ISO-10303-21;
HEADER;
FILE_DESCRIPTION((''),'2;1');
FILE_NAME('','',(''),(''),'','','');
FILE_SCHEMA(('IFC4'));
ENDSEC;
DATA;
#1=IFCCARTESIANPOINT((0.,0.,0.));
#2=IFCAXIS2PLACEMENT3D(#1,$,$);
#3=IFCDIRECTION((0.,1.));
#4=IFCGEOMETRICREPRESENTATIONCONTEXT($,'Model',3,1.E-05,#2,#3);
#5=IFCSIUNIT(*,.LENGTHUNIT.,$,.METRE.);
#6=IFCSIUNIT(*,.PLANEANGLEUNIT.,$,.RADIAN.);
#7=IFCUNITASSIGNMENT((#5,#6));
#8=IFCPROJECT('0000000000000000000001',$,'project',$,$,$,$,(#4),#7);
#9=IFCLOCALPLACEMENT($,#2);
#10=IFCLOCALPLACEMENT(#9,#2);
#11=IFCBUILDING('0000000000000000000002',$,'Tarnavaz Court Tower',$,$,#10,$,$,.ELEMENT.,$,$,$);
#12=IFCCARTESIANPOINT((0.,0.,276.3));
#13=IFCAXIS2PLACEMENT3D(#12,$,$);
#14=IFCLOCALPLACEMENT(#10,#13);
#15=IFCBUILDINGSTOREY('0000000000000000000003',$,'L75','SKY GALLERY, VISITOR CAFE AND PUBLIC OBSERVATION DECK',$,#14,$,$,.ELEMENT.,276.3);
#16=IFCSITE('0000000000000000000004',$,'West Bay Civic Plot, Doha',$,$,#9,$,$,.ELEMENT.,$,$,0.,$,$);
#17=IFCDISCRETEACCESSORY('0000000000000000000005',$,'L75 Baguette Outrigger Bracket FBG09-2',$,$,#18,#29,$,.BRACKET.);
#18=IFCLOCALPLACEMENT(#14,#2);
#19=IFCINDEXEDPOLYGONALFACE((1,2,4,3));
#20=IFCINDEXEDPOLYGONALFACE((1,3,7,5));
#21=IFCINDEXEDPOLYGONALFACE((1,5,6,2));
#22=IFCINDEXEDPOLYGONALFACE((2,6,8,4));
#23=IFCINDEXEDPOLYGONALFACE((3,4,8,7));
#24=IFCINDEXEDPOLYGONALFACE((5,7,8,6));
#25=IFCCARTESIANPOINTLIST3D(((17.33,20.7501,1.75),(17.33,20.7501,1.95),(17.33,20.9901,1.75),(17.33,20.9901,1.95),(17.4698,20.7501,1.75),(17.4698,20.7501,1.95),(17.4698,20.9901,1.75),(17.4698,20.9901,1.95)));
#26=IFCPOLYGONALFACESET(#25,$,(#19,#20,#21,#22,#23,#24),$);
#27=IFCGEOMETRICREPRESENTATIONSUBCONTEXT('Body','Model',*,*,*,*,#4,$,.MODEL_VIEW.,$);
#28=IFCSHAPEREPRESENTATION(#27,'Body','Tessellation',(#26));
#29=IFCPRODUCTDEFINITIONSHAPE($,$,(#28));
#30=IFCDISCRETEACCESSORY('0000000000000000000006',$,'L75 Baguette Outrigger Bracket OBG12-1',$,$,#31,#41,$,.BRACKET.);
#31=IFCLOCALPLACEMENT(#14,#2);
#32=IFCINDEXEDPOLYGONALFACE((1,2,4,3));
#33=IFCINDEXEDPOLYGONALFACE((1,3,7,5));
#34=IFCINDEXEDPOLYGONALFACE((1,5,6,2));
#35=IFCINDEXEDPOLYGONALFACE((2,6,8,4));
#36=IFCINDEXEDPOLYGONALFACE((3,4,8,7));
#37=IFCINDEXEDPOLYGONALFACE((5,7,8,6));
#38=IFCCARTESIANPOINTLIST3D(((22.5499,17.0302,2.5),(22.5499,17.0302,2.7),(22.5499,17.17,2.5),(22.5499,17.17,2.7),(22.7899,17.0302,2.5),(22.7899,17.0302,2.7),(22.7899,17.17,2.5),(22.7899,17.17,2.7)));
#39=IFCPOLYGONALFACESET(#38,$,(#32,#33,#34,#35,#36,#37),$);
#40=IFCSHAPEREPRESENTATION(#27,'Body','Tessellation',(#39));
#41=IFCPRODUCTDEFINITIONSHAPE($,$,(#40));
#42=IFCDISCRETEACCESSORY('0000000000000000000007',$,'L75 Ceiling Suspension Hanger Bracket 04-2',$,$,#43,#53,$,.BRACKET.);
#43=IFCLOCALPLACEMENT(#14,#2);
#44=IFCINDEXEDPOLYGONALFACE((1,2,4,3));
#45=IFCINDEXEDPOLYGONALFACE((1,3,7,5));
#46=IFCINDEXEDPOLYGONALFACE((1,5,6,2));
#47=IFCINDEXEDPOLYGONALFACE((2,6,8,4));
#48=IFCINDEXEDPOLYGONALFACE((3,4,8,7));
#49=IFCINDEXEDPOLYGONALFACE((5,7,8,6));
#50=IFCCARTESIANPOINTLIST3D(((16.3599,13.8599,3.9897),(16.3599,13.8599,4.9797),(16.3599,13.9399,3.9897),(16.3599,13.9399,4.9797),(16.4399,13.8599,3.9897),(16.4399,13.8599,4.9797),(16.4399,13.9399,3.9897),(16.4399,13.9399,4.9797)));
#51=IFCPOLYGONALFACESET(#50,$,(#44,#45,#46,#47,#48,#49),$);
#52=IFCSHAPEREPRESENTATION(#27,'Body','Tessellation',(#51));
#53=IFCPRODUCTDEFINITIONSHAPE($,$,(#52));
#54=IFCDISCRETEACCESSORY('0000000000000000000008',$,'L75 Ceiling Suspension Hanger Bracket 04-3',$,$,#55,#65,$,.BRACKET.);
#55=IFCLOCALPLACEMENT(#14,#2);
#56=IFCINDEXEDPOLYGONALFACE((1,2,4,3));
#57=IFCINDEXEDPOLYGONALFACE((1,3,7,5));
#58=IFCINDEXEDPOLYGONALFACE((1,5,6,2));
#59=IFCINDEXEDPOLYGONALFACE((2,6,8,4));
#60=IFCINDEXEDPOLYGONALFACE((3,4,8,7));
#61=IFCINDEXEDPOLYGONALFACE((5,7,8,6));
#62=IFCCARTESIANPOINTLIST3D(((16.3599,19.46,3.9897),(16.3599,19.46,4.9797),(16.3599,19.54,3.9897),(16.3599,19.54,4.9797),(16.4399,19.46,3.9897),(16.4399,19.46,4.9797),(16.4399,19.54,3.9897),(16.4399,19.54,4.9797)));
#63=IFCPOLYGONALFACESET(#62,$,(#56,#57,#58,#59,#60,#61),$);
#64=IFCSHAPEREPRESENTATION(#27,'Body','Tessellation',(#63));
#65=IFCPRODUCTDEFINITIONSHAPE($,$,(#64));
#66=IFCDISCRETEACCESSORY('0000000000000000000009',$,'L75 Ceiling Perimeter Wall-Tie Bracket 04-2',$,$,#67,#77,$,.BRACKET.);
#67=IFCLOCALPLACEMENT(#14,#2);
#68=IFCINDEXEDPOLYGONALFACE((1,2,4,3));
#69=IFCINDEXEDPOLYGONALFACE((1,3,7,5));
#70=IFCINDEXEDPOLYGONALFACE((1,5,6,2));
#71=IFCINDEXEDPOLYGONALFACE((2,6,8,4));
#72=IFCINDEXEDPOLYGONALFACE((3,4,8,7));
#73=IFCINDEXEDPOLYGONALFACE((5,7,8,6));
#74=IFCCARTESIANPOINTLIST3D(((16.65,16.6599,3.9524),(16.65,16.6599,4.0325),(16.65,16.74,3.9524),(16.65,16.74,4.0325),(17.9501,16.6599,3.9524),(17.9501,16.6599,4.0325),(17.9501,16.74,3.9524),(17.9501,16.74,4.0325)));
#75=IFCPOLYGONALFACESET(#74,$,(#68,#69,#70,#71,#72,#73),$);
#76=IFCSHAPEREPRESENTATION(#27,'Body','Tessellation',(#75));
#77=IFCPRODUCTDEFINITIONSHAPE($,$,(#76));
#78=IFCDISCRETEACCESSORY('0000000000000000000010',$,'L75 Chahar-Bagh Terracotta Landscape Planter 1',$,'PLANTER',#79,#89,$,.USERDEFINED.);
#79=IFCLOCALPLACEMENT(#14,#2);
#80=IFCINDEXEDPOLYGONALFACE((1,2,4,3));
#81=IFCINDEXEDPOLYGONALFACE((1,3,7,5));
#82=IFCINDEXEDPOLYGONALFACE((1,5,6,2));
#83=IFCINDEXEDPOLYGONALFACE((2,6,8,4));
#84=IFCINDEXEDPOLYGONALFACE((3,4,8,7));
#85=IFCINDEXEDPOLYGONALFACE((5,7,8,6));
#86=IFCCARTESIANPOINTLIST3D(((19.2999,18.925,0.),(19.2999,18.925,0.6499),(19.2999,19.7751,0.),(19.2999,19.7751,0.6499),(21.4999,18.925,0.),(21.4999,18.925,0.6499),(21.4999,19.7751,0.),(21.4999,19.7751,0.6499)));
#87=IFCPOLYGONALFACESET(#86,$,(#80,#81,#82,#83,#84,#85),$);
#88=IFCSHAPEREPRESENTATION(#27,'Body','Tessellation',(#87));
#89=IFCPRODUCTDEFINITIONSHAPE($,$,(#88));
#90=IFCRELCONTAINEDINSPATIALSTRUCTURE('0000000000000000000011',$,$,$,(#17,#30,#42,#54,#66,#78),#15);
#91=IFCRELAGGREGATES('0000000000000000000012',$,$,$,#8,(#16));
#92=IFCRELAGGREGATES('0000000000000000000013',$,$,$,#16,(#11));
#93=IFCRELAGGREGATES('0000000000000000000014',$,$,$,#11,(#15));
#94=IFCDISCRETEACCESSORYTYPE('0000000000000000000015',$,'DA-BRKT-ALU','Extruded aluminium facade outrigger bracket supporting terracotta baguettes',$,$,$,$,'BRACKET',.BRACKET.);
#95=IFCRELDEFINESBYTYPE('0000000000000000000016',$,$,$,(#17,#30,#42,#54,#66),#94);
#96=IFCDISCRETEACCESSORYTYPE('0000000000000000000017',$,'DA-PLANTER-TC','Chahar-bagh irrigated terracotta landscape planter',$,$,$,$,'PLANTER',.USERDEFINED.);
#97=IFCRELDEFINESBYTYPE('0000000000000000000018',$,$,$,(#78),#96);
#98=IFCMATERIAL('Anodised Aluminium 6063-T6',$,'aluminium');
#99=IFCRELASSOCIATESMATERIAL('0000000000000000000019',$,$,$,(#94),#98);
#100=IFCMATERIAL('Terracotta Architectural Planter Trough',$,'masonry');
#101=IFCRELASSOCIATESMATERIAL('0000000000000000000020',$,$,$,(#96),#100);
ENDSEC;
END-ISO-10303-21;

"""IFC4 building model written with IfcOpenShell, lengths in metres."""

from ifc_helpers import new_model, si_unit, direction, frame, origin, origin_2d, place, context, subcontext, project, spatial, rectangle, extrude, material, type_object, element, save


model = new_model("IFC4")

# Units and contexts
model_context = context("Model", 3, precision=1e-05, world=origin(), true_north=direction((0.0, 1.0)))
body_context = subcontext(model_context, "Body", "Model", "MODEL_VIEW")
ifc_project = project(units=[si_unit("LENGTHUNIT", "METRE"), si_unit("PLANEANGLEUNIT", "RADIAN")], contexts=[model_context])

# Site, building, storey
site_placement = place(None, origin())
site = spatial("IfcSite", under=ifc_project, at=site_placement, Name="West Bay Civic Plot, Doha", CompositionType="ELEMENT", RefElevation=0.0)
building_placement = place(site_placement, origin())
building = spatial("IfcBuilding", under=site, at=building_placement, Name="Tarnavaz Court Tower", CompositionType="ELEMENT")
storey_placement = place(building_placement, frame((0.0, 0.0, 276.3)))
storey = spatial("IfcBuildingStorey", under=building, at=storey_placement, Name="L75", Description="SKY GALLERY, VISITOR CAFE AND PUBLIC OBSERVATION DECK", CompositionType="ELEMENT", Elevation=276.3)

# Shared definitions
ifc_material_1 = material(Name="Anodised Aluminium 6063-T6", Category="aluminium")

# Discrete accessories
discrete_accessory_type_1 = type_object("IfcDiscreteAccessoryType", Name="DA-BRKT-ALU", Description="Extruded aluminium facade outrigger bracket supporting terracotta baguettes", ElementType="BRACKET", PredefinedType="BRACKET", material=ifc_material_1)
for number, where, z_axis, x_axis, name in (
    (1, (17.3999, 20.8701, 1.75), (0.0, 0.0, 1.0), (1.0, 0.0, 0.0), "L75 Baguette Outrigger Bracket FBG09-2"),
    (2, (22.6699, 17.1001, 2.5), (0.0, 0.0, 1.0), (0.0, -1.0, 0.0), "L75 Baguette Outrigger Bracket OBG12-1"),
):
    element("IfcDiscreteAccessory", number, at=place(storey_placement, frame(where, z_axis=z_axis, x_axis=x_axis)), inside=storey, type_object=discrete_accessory_type_1, Name=name, PredefinedType="BRACKET", context=body_context, shape_type="SweptSolid", body=[
        extrude(rectangle(XDim=0.1399, YDim=0.24, at=origin_2d()), origin(), (0.0, 0.0, 1.0), 0.2),
    ])
for number, where, z_axis, x_axis, name in (
    (3, (16.3999, 13.8999, 3.9897), (0.0, 0.0, 1.0), (1.0, 0.0, 0.0), "L75 Ceiling Suspension Hanger Bracket 04-2"),
    (4, (16.3999, 19.5, 3.9897), (0.0, 0.0, 1.0), (1.0, 0.0, 0.0), "L75 Ceiling Suspension Hanger Bracket 04-3"),
):
    element("IfcDiscreteAccessory", number, at=place(storey_placement, frame(where, z_axis=z_axis, x_axis=x_axis)), inside=storey, type_object=discrete_accessory_type_1, Name=name, PredefinedType="BRACKET", context=body_context, shape_type="SweptSolid", body=[
        extrude(rectangle(XDim=0.0801, YDim=0.0801, at=origin_2d()), origin(), (0.0, 0.0, 1.0), 0.99),
    ])
discrete_accessory_1_placement = place(storey_placement, frame((17.3, 16.7, 3.9524), z_axis=(0.0, 0.0, 1.0), x_axis=(1.0, 0.0, 0.0)))
element("IfcDiscreteAccessory", 5, at=discrete_accessory_1_placement, inside=storey, type_object=discrete_accessory_type_1, Name="L75 Ceiling Perimeter Wall-Tie Bracket 04-2", PredefinedType="BRACKET", context=body_context, shape_type="SweptSolid", body=[
    extrude(rectangle(XDim=1.3, YDim=0.0801, at=origin_2d()), origin(), (0.0, 0.0, 1.0), 0.0801),
])
ifc_material_2 = material(Name="Terracotta Architectural Planter Trough", Category="masonry")
discrete_accessory_type_2 = type_object("IfcDiscreteAccessoryType", Name="DA-PLANTER-TC", Description="Chahar-bagh irrigated terracotta landscape planter", ElementType="PLANTER", PredefinedType="USERDEFINED", material=ifc_material_2)
discrete_accessory_2_placement = place(storey_placement, frame((20.3999, 19.3501, 0.0), z_axis=(0.0, 0.0, 1.0), x_axis=(1.0, 0.0, 0.0)))
element("IfcDiscreteAccessory", 6, at=discrete_accessory_2_placement, inside=storey, type_object=discrete_accessory_type_2, Name="L75 Chahar-Bagh Terracotta Landscape Planter 1", ObjectType="PLANTER", PredefinedType="USERDEFINED", context=body_context, shape_type="SweptSolid", body=[
    extrude(rectangle(XDim=2.2, YDim=0.8501, at=origin_2d()), origin(), (0.0, 0.0, 1.0), 0.6499),
])

save(model, "model.ifc")
